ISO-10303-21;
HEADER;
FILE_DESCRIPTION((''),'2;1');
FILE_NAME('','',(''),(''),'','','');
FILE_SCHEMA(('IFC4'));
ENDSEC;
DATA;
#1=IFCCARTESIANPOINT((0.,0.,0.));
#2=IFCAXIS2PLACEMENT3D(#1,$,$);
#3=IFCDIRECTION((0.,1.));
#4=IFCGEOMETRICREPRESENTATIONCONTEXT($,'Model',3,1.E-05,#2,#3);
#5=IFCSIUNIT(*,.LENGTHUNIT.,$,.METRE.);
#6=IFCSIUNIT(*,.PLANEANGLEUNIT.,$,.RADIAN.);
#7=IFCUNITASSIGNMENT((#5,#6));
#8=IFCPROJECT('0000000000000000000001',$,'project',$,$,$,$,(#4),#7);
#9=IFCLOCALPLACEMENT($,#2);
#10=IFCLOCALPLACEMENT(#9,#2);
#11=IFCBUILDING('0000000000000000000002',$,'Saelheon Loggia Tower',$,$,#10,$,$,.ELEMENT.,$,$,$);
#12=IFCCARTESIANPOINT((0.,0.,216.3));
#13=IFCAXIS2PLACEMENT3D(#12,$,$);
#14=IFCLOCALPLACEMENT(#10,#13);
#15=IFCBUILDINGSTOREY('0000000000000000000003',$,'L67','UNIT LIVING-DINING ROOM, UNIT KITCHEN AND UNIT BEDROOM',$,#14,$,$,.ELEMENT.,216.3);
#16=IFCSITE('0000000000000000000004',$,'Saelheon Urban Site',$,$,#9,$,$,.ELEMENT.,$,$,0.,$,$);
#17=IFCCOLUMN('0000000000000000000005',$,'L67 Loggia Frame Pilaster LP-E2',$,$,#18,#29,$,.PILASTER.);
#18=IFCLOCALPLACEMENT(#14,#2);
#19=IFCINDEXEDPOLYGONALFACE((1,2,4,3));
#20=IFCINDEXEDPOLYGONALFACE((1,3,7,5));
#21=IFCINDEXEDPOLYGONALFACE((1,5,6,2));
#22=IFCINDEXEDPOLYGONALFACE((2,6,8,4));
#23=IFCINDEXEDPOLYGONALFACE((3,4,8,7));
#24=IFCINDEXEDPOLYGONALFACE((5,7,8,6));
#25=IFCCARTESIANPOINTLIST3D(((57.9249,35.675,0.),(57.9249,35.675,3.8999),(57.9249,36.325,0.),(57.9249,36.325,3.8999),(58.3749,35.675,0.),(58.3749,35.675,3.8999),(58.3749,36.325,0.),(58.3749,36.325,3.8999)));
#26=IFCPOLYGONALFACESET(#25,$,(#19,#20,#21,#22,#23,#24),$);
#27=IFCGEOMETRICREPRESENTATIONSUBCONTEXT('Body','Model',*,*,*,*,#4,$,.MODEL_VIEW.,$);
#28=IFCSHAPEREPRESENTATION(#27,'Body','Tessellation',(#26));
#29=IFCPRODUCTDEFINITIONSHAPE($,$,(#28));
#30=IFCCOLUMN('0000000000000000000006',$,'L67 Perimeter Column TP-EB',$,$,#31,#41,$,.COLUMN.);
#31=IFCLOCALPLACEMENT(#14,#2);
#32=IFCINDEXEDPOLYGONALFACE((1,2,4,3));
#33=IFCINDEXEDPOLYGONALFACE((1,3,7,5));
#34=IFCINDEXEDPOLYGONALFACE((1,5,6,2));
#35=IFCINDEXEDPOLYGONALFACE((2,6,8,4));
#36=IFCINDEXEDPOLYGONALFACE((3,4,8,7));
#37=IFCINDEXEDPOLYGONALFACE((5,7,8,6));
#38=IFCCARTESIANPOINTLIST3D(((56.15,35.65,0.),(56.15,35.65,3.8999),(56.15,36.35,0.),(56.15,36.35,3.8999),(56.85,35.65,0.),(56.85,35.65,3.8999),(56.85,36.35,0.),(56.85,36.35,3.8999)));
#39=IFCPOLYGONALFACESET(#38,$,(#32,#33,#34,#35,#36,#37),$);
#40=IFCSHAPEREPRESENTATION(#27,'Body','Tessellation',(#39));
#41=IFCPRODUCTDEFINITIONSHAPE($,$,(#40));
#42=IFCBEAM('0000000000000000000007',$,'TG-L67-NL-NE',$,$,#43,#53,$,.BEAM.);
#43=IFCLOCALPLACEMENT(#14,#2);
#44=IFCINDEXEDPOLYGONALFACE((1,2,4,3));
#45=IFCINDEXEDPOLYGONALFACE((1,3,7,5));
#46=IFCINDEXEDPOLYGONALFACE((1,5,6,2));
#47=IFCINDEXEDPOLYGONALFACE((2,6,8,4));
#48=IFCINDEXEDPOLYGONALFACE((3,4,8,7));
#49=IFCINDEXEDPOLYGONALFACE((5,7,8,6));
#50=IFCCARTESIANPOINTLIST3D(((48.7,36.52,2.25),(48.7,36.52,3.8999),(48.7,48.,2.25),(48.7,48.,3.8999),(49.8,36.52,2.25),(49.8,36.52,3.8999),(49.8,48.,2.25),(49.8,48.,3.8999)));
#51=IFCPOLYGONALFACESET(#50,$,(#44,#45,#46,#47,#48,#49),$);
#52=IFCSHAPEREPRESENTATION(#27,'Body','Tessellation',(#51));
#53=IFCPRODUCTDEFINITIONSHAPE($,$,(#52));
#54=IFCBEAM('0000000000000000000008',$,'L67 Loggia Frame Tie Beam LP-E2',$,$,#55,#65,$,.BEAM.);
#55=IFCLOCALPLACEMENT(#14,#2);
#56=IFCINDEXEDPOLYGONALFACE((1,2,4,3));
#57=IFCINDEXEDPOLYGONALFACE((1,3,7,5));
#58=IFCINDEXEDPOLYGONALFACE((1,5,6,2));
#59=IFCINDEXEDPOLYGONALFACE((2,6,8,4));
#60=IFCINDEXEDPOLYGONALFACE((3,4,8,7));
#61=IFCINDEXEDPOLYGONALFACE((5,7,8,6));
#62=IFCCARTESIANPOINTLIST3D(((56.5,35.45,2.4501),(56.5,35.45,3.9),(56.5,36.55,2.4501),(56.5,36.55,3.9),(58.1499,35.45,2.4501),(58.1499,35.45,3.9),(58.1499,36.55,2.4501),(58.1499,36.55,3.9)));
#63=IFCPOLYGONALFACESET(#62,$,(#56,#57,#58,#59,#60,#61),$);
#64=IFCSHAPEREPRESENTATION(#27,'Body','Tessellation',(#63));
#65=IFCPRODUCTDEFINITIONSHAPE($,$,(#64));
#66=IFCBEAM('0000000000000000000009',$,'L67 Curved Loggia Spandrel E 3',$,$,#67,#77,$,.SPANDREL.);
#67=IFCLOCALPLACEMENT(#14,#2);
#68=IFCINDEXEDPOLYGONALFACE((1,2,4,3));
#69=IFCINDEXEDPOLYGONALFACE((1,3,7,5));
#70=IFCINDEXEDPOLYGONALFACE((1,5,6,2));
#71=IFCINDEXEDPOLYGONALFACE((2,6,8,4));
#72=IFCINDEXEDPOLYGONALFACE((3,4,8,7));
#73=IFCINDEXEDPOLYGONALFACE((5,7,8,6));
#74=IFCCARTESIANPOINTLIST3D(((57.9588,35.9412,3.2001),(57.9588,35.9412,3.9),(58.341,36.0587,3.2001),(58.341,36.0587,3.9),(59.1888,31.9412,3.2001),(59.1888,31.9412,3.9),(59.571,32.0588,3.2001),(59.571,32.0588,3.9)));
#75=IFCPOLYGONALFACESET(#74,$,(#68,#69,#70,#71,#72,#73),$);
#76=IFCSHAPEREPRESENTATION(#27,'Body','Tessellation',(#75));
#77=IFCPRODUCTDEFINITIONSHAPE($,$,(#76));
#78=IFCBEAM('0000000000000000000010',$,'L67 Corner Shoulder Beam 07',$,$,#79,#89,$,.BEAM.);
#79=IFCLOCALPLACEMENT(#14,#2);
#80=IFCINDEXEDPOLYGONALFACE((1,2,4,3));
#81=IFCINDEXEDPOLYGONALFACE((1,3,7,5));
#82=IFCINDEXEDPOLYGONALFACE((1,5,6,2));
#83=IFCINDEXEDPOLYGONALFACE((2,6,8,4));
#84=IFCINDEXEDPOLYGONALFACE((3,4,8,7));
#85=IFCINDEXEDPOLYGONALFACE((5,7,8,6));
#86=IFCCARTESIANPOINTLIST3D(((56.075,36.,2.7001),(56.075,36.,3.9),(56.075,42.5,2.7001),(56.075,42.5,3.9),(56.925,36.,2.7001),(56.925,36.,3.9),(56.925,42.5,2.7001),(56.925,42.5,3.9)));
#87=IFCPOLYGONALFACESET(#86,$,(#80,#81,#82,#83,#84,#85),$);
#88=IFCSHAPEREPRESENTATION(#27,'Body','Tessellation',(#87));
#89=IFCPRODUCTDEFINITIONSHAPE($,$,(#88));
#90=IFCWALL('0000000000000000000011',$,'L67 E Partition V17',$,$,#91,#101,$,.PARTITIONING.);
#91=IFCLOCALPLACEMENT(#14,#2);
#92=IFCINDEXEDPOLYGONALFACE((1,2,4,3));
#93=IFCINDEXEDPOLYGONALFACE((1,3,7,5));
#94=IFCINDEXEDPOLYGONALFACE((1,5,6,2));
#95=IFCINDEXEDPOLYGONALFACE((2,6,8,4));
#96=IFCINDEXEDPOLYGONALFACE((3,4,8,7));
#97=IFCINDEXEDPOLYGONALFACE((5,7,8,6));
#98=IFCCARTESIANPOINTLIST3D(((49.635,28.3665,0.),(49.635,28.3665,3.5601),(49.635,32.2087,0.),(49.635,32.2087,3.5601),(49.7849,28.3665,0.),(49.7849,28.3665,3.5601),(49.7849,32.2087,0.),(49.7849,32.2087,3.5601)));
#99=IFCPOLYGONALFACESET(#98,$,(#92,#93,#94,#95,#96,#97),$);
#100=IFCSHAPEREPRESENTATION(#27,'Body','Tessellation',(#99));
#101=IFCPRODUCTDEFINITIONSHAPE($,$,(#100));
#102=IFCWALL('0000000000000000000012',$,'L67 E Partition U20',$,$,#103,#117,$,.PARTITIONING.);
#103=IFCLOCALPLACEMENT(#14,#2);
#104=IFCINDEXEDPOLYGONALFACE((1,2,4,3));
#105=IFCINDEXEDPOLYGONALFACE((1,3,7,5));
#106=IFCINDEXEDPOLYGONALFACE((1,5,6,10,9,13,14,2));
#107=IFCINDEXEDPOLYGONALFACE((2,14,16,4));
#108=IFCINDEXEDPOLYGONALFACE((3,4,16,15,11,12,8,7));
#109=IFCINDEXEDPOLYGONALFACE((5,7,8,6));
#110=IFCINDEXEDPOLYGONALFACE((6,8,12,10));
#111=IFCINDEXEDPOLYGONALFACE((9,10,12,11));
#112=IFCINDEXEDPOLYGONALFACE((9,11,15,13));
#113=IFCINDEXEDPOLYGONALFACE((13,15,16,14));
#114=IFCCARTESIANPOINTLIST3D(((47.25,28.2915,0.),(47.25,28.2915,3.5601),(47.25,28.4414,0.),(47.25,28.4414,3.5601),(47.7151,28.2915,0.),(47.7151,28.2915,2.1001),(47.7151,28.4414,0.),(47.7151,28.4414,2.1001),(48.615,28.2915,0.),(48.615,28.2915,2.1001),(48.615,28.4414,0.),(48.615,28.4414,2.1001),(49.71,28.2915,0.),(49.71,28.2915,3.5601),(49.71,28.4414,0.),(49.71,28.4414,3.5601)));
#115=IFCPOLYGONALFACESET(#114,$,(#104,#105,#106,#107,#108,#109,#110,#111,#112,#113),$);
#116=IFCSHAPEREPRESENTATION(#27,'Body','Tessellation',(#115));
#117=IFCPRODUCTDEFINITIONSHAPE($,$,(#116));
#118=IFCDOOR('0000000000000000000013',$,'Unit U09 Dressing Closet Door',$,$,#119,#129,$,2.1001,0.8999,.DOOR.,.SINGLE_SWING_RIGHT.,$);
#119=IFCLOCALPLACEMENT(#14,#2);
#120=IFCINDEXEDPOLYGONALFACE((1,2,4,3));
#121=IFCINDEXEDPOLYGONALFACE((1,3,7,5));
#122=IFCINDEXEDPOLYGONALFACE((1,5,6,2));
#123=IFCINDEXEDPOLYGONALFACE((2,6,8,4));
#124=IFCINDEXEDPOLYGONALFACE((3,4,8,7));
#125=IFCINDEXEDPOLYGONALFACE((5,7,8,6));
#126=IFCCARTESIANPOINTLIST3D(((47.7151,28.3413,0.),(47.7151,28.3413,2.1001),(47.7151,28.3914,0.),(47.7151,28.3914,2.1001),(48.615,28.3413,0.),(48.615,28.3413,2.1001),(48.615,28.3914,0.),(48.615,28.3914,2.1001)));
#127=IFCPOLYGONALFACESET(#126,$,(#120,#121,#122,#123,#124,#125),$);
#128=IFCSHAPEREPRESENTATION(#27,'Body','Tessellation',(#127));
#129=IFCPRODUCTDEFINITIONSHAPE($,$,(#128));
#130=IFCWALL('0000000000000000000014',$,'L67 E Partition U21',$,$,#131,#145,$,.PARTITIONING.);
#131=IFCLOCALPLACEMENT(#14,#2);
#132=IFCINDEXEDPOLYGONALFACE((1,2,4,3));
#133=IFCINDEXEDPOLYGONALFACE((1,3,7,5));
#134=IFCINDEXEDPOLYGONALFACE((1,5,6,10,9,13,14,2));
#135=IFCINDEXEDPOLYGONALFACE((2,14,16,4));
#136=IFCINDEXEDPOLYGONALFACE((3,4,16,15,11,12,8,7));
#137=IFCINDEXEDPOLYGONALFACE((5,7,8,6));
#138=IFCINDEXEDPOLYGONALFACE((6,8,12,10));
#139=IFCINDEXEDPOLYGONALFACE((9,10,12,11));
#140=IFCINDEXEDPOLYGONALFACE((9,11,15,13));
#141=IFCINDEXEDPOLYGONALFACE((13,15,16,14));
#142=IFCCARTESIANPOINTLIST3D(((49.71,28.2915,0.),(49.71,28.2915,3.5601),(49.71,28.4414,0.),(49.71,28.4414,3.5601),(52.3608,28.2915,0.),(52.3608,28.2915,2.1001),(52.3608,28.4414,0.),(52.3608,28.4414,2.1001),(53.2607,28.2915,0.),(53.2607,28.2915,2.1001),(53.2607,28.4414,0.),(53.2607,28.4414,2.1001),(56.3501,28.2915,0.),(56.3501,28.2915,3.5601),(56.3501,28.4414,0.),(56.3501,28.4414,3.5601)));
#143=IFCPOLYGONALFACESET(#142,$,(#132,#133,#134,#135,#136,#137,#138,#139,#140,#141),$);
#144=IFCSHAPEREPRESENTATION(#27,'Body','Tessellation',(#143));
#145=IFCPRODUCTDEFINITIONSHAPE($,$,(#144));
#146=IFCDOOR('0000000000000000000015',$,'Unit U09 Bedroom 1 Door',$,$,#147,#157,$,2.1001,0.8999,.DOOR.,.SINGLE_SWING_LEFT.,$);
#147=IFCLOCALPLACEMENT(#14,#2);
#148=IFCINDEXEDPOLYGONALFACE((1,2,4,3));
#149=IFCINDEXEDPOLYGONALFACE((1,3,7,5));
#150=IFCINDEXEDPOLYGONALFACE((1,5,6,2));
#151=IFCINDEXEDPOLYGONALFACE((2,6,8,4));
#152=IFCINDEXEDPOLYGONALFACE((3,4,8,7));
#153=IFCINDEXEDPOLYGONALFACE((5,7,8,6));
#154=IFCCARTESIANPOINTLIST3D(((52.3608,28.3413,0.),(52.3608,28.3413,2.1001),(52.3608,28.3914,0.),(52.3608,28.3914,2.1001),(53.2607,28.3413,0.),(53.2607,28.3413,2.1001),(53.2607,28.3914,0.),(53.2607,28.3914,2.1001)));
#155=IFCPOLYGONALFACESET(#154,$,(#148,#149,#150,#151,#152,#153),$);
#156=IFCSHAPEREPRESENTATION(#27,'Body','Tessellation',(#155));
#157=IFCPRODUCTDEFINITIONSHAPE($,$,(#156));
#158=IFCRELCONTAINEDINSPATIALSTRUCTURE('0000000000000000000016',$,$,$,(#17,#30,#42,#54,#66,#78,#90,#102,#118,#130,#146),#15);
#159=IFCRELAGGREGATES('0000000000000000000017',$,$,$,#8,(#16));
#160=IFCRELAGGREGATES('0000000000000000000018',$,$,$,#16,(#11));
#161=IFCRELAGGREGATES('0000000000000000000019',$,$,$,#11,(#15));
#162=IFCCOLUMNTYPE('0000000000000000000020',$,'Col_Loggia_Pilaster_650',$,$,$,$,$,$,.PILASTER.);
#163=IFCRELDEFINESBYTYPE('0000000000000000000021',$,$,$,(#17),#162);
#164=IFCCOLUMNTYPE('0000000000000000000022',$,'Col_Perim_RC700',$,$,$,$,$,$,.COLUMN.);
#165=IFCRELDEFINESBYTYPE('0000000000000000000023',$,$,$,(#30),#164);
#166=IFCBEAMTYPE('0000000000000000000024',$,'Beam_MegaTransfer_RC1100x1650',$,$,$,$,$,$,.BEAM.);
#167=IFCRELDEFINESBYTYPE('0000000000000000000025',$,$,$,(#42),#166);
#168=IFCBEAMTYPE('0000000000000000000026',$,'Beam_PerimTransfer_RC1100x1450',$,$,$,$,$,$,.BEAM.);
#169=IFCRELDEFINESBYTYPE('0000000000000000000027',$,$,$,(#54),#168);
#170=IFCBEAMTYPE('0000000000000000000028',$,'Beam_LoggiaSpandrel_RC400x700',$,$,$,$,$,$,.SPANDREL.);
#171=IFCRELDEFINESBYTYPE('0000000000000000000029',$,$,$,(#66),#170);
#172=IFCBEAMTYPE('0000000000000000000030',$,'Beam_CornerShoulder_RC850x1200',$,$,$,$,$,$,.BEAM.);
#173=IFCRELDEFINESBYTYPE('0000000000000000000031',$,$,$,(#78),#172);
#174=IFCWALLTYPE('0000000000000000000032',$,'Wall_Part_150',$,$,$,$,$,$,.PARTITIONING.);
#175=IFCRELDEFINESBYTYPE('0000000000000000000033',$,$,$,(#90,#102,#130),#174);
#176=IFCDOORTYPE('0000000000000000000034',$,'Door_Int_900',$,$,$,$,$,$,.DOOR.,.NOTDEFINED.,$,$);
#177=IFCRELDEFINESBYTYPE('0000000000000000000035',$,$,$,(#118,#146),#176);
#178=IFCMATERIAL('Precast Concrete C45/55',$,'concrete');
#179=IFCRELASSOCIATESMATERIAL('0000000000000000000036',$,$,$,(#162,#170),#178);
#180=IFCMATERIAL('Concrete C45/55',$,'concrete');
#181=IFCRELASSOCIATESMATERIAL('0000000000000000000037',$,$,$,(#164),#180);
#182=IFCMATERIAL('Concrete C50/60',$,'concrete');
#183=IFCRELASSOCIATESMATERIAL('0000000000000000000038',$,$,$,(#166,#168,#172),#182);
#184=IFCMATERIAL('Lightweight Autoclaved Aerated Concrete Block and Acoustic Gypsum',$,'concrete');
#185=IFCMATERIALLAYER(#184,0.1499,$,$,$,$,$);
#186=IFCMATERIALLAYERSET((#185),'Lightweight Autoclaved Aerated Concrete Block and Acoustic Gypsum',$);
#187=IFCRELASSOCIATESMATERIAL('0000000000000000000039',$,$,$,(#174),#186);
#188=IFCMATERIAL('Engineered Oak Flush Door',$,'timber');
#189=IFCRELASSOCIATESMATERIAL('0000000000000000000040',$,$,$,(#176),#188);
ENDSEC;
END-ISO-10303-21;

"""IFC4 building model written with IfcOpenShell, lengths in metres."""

from ifc_helpers import new_model, si_unit, direction, frame, frame_2d, origin, origin_2d, place, context, subcontext, project, spatial, rectangle, extrude, source, transform, mapped, material, layer, layer_set, material_profile, profile_set, type_object, element, fill, save


model = new_model("IFC4")

# Units and contexts
model_context = context("Model", 3, precision=1e-05, world=origin(), true_north=direction((0.0, 1.0)))
body_context = subcontext(model_context, "Body", "Model", "MODEL_VIEW")
ifc_project = project(units=[si_unit("LENGTHUNIT", "METRE"), si_unit("PLANEANGLEUNIT", "RADIAN")], contexts=[model_context])

# Site, building, storey
site_placement = place(None, origin())
site = spatial("IfcSite", under=ifc_project, at=site_placement, Name="Saelheon Urban Site", CompositionType="ELEMENT", RefElevation=0.0)
building_placement = place(site_placement, origin())
building = spatial("IfcBuilding", under=site, at=building_placement, Name="Saelheon Loggia Tower", CompositionType="ELEMENT")
storey_placement = place(building_placement, frame((0.0, 0.0, 216.3)))
storey = spatial("IfcBuildingStorey", under=building, at=storey_placement, Name="L67", Description="UNIT LIVING-DINING ROOM, UNIT KITCHEN AND UNIT BEDROOM", CompositionType="ELEMENT", Elevation=216.3)

# Columns
ifc_material_1 = material(Name="Precast Concrete C45/55", Category="concrete")
ifc_material_profile_1 = material_profile(ifc_material_1, rectangle(XDim=0.45, YDim=0.6499, at=origin_2d()), Name="RC-450x650")
ifc_profile_set_1 = profile_set([ifc_material_profile_1], Name="Precast Concrete C45/55")
column_type_1 = type_object("IfcColumnType", Name="Col_Loggia_Pilaster_650", PredefinedType="PILASTER", material=ifc_profile_set_1)
shared_shape_1 = source(origin(), body_context, "Body", "SweptSolid", [
    extrude(rectangle(XDim=0.45, YDim=0.6499, at=origin_2d()), origin(), (0.0, 0.0, 1.0), 3.8999),
])
column_1_placement = place(storey_placement, frame((58.1499, 36.0, 0.0), z_axis=(0.0, 0.0, 1.0), x_axis=(1.0, 0.0, 0.0)))
element("IfcColumn", 1, at=column_1_placement, inside=storey, type_object=column_type_1, Name="L67 Loggia Frame Pilaster LP-E2", PredefinedType="PILASTER", context=body_context, shape_type="MappedRepresentation", body=[
    mapped(shared_shape_1, transform((0.0, 0.0, 0.0), scale=1.0)),
])
ifc_material_2 = material(Name="Concrete C45/55", Category="concrete")
ifc_material_profile_2 = material_profile(ifc_material_2, rectangle(XDim=0.7, YDim=0.7, at=origin_2d()), Name="RC-700x700")
ifc_profile_set_2 = profile_set([ifc_material_profile_2], Name="Concrete C45/55")
column_type_2 = type_object("IfcColumnType", Name="Col_Perim_RC700", PredefinedType="COLUMN", material=ifc_profile_set_2)
shared_shape_2 = source(origin(), body_context, "Body", "SweptSolid", [
    extrude(rectangle(XDim=0.7, YDim=0.7, at=origin_2d()), origin(), (0.0, 0.0, 1.0), 3.8999),
])
column_2_placement = place(storey_placement, frame((56.5, 36.0, 0.0), z_axis=(0.0, 0.0, 1.0), x_axis=(1.0, 0.0, 0.0)))
element("IfcColumn", 2, at=column_2_placement, inside=storey, type_object=column_type_2, Name="L67 Perimeter Column TP-EB", PredefinedType="COLUMN", context=body_context, shape_type="MappedRepresentation", body=[
    mapped(shared_shape_2, transform((0.0, 0.0, 0.0), scale=1.0)),
])

# Beams
ifc_material_3 = material(Name="Concrete C50/60", Category="concrete")
ifc_material_profile_3 = material_profile(ifc_material_3, rectangle(XDim=1.1001, YDim=1.6499, at=origin_2d()), Name="RC-1100x1650")
ifc_profile_set_3 = profile_set([ifc_material_profile_3], Name="Concrete C50/60")
beam_type_1 = type_object("IfcBeamType", Name="Beam_MegaTransfer_RC1100x1650", PredefinedType="BEAM", material=ifc_profile_set_3)
shared_shape_3 = source(origin(), body_context, "Body", "SweptSolid", [
    extrude(rectangle(XDim=1.1001, YDim=1.6499, at=origin_2d()), origin(), (0.0, 0.0, 1.0), 11.48),
])
beam_1_placement = place(storey_placement, frame((49.25, 36.52, 3.075), z_axis=(0.0, 1.0, 0.0), x_axis=(-1.0, 0.0, 0.0)))
element("IfcBeam", 3, at=beam_1_placement, inside=storey, type_object=beam_type_1, Name="TG-L67-NL-NE", PredefinedType="BEAM", context=body_context, shape_type="MappedRepresentation", body=[
    mapped(shared_shape_3, transform((0.0, 0.0, 0.0), scale=1.0)),
])
ifc_material_profile_4 = material_profile(ifc_material_3, rectangle(XDim=1.1001, YDim=1.45, at=origin_2d()), Name="RC-1100x1450")
ifc_profile_set_4 = profile_set([ifc_material_profile_4], Name="Concrete C50/60")
beam_type_2 = type_object("IfcBeamType", Name="Beam_PerimTransfer_RC1100x1450", PredefinedType="BEAM", material=ifc_profile_set_4)
shared_shape_4 = source(origin(), body_context, "Body", "SweptSolid", [
    extrude(rectangle(XDim=1.1001, YDim=1.45, at=origin_2d()), origin(), (0.0, 0.0, 1.0), 1.6499),
])
beam_2_placement = place(storey_placement, frame((56.5, 36.0, 3.175), z_axis=(1.0, 0.0, 0.0), x_axis=(0.0, 1.0, 0.0)))
element("IfcBeam", 4, at=beam_2_placement, inside=storey, type_object=beam_type_2, Name="L67 Loggia Frame Tie Beam LP-E2", PredefinedType="BEAM", context=body_context, shape_type="MappedRepresentation", body=[
    mapped(shared_shape_4, transform((0.0, 0.0, 0.0), scale=1.0)),
])
ifc_material_profile_5 = material_profile(ifc_material_1, rectangle(XDim=0.3999, YDim=0.7, at=origin_2d()), Name="RC-400x700")
ifc_profile_set_5 = profile_set([ifc_material_profile_5], Name="Precast Concrete C45/55")
beam_type_3 = type_object("IfcBeamType", Name="Beam_LoggiaSpandrel_RC400x700", PredefinedType="SPANDREL", material=ifc_profile_set_5)
shared_shape_5 = source(origin(), body_context, "Body", "SweptSolid", [
    extrude(rectangle(XDim=0.3999, YDim=0.7, at=origin_2d()), origin(), (0.0, 0.0, 1.0), 4.1848),
])
beam_3_placement = place(storey_placement, frame((59.3799, 32.0, 3.55), z_axis=(-0.293914, 0.955832, 0.0), x_axis=(-0.955832, -0.293914, 0.0)))
element("IfcBeam", 5, at=beam_3_placement, inside=storey, type_object=beam_type_3, Name="L67 Curved Loggia Spandrel E 3", PredefinedType="SPANDREL", context=body_context, shape_type="MappedRepresentation", body=[
    mapped(shared_shape_5, transform((0.0, 0.0, 0.0), scale=1.0)),
])
ifc_material_profile_6 = material_profile(ifc_material_3, rectangle(XDim=0.8501, YDim=1.2, at=origin_2d()), Name="RC-850x1200")
ifc_profile_set_6 = profile_set([ifc_material_profile_6], Name="Concrete C50/60")
beam_type_4 = type_object("IfcBeamType", Name="Beam_CornerShoulder_RC850x1200", PredefinedType="BEAM", material=ifc_profile_set_6)
shared_shape_6 = source(origin(), body_context, "Body", "SweptSolid", [
    extrude(rectangle(XDim=0.8501, YDim=1.2, at=origin_2d()), origin(), (0.0, 0.0, 1.0), 6.5),
])
beam_4_placement = place(storey_placement, frame((56.5, 36.0, 3.3), z_axis=(0.0, 1.0, 0.0), x_axis=(-1.0, 0.0, 0.0)))
element("IfcBeam", 6, at=beam_4_placement, inside=storey, type_object=beam_type_4, Name="L67 Corner Shoulder Beam 07", PredefinedType="BEAM", context=body_context, shape_type="MappedRepresentation", body=[
    mapped(shared_shape_6, transform((0.0, 0.0, 0.0), scale=1.0)),
])

# Wall
ifc_material_4 = material(Name="Lightweight Autoclaved Aerated Concrete Block and Acoustic Gypsum", Category="concrete")
ifc_layer_1 = layer(ifc_material_4, 0.1499)
ifc_layer_set_1 = layer_set([ifc_layer_1], Name="Lightweight Autoclaved Aerated Concrete Block and Acoustic Gypsum")
wall_type_1 = type_object("IfcWallType", Name="Wall_Part_150", PredefinedType="PARTITIONING", material=ifc_layer_set_1)
wall_1_placement = place(storey_placement, frame((49.71, 28.3665, 0.0), z_axis=(0.0, 0.0, 1.0), x_axis=(0.0, 1.0, 0.0)))
element("IfcWall", 7, at=wall_1_placement, inside=storey, type_object=wall_type_1, Name="L67 E Partition V17", PredefinedType="PARTITIONING", context=body_context, shape_type="SweptSolid", body=[
    extrude(rectangle(XDim=3.8423, YDim=0.1499, at=frame_2d((1.9211, 0.0))), origin(), (0.0, 0.0, 1.0), 3.5601),
])

# Walls, openings, doors
wall_2_placement = place(storey_placement, frame((47.25, 28.3665, 0.0), z_axis=(0.0, 0.0, 1.0), x_axis=(1.0, 0.0, 0.0)))
wall_2 = element("IfcWall", 8, at=wall_2_placement, inside=storey, type_object=wall_type_1, Name="L67 E Partition U20", PredefinedType="PARTITIONING", context=body_context, shape_type="SweptSolid", body=[
    extrude(rectangle(XDim=2.46, YDim=0.1499, at=frame_2d((1.23, 0.0))), origin(), (0.0, 0.0, 1.0), 3.5601),
])
opening_1_placement = place(wall_2_placement, frame((0.4651, 0.0, 0.0)))
opening_1 = element("IfcOpeningElement", 9, at=opening_1_placement, cuts=wall_2, PredefinedType="OPENING", context=body_context, shape_type="SweptSolid", body=[
    extrude(rectangle(XDim=0.8999, YDim=2.1001, at=frame_2d((0.45, 1.05))), frame((0.0, 0.0869, 0.0), z_axis=(0.0, -1.0, 0.0), x_axis=(1.0, 0.0, 0.0)), (0.0, 0.0, 1.0), 0.1738),
])
ifc_material_5 = material(Name="Engineered Oak Flush Door", Category="timber")
door_type_1 = type_object("IfcDoorType", Name="Door_Int_900", OperationType="NOTDEFINED", PredefinedType="DOOR", material=ifc_material_5)
shared_shape_7 = source(origin(), body_context, "Body", "SweptSolid", [
    extrude(rectangle(XDim=0.8999, YDim=2.1001, at=frame_2d((0.45, 1.05))), frame((0.0, 0.0249, 0.0), z_axis=(0.0, -1.0, 0.0), x_axis=(1.0, 0.0, 0.0)), (0.0, 0.0, 1.0), 0.05),
])
door_1_placement = place(opening_1_placement, origin())
door_1 = element("IfcDoor", 10, at=door_1_placement, inside=storey, type_object=door_type_1, Name="Unit U09 Dressing Closet Door", OperationType="SINGLE_SWING_RIGHT", OverallHeight=2.1001, OverallWidth=0.8999, PredefinedType="DOOR", context=body_context, shape_type="MappedRepresentation", body=[
    mapped(shared_shape_7, transform((0.0, 0.0, 0.0), scale=1.0)),
])
fill(opening_1, door_1)
wall_3_placement = place(storey_placement, frame((49.71, 28.3665, 0.0), z_axis=(0.0, 0.0, 1.0), x_axis=(1.0, 0.0, 0.0)))
wall_3 = element("IfcWall", 11, at=wall_3_placement, inside=storey, type_object=wall_type_1, Name="L67 E Partition U21", PredefinedType="PARTITIONING", context=body_context, shape_type="SweptSolid", body=[
    extrude(rectangle(XDim=6.6401, YDim=0.1499, at=frame_2d((3.3201, 0.0))), origin(), (0.0, 0.0, 1.0), 3.5601),
])
opening_2_placement = place(wall_3_placement, frame((2.6509, 0.0, 0.0)))
opening_2 = element("IfcOpeningElement", 12, at=opening_2_placement, cuts=wall_3, PredefinedType="OPENING", context=body_context, shape_type="SweptSolid", body=[
    extrude(rectangle(XDim=0.8999, YDim=2.1001, at=frame_2d((0.45, 1.05))), frame((0.0, 0.0869, 0.0), z_axis=(0.0, -1.0, 0.0), x_axis=(1.0, 0.0, 0.0)), (0.0, 0.0, 1.0), 0.1738),
])
door_2_placement = place(opening_2_placement, origin())
door_2 = element("IfcDoor", 13, at=door_2_placement, inside=storey, type_object=door_type_1, Name="Unit U09 Bedroom 1 Door", OperationType="SINGLE_SWING_LEFT", OverallHeight=2.1001, OverallWidth=0.8999, PredefinedType="DOOR", context=body_context, shape_type="MappedRepresentation", body=[
    mapped(shared_shape_7, transform((0.0, 0.0, 0.0), scale=1.0)),
])
fill(opening_2, door_2)

save(model, "model.ifc")
